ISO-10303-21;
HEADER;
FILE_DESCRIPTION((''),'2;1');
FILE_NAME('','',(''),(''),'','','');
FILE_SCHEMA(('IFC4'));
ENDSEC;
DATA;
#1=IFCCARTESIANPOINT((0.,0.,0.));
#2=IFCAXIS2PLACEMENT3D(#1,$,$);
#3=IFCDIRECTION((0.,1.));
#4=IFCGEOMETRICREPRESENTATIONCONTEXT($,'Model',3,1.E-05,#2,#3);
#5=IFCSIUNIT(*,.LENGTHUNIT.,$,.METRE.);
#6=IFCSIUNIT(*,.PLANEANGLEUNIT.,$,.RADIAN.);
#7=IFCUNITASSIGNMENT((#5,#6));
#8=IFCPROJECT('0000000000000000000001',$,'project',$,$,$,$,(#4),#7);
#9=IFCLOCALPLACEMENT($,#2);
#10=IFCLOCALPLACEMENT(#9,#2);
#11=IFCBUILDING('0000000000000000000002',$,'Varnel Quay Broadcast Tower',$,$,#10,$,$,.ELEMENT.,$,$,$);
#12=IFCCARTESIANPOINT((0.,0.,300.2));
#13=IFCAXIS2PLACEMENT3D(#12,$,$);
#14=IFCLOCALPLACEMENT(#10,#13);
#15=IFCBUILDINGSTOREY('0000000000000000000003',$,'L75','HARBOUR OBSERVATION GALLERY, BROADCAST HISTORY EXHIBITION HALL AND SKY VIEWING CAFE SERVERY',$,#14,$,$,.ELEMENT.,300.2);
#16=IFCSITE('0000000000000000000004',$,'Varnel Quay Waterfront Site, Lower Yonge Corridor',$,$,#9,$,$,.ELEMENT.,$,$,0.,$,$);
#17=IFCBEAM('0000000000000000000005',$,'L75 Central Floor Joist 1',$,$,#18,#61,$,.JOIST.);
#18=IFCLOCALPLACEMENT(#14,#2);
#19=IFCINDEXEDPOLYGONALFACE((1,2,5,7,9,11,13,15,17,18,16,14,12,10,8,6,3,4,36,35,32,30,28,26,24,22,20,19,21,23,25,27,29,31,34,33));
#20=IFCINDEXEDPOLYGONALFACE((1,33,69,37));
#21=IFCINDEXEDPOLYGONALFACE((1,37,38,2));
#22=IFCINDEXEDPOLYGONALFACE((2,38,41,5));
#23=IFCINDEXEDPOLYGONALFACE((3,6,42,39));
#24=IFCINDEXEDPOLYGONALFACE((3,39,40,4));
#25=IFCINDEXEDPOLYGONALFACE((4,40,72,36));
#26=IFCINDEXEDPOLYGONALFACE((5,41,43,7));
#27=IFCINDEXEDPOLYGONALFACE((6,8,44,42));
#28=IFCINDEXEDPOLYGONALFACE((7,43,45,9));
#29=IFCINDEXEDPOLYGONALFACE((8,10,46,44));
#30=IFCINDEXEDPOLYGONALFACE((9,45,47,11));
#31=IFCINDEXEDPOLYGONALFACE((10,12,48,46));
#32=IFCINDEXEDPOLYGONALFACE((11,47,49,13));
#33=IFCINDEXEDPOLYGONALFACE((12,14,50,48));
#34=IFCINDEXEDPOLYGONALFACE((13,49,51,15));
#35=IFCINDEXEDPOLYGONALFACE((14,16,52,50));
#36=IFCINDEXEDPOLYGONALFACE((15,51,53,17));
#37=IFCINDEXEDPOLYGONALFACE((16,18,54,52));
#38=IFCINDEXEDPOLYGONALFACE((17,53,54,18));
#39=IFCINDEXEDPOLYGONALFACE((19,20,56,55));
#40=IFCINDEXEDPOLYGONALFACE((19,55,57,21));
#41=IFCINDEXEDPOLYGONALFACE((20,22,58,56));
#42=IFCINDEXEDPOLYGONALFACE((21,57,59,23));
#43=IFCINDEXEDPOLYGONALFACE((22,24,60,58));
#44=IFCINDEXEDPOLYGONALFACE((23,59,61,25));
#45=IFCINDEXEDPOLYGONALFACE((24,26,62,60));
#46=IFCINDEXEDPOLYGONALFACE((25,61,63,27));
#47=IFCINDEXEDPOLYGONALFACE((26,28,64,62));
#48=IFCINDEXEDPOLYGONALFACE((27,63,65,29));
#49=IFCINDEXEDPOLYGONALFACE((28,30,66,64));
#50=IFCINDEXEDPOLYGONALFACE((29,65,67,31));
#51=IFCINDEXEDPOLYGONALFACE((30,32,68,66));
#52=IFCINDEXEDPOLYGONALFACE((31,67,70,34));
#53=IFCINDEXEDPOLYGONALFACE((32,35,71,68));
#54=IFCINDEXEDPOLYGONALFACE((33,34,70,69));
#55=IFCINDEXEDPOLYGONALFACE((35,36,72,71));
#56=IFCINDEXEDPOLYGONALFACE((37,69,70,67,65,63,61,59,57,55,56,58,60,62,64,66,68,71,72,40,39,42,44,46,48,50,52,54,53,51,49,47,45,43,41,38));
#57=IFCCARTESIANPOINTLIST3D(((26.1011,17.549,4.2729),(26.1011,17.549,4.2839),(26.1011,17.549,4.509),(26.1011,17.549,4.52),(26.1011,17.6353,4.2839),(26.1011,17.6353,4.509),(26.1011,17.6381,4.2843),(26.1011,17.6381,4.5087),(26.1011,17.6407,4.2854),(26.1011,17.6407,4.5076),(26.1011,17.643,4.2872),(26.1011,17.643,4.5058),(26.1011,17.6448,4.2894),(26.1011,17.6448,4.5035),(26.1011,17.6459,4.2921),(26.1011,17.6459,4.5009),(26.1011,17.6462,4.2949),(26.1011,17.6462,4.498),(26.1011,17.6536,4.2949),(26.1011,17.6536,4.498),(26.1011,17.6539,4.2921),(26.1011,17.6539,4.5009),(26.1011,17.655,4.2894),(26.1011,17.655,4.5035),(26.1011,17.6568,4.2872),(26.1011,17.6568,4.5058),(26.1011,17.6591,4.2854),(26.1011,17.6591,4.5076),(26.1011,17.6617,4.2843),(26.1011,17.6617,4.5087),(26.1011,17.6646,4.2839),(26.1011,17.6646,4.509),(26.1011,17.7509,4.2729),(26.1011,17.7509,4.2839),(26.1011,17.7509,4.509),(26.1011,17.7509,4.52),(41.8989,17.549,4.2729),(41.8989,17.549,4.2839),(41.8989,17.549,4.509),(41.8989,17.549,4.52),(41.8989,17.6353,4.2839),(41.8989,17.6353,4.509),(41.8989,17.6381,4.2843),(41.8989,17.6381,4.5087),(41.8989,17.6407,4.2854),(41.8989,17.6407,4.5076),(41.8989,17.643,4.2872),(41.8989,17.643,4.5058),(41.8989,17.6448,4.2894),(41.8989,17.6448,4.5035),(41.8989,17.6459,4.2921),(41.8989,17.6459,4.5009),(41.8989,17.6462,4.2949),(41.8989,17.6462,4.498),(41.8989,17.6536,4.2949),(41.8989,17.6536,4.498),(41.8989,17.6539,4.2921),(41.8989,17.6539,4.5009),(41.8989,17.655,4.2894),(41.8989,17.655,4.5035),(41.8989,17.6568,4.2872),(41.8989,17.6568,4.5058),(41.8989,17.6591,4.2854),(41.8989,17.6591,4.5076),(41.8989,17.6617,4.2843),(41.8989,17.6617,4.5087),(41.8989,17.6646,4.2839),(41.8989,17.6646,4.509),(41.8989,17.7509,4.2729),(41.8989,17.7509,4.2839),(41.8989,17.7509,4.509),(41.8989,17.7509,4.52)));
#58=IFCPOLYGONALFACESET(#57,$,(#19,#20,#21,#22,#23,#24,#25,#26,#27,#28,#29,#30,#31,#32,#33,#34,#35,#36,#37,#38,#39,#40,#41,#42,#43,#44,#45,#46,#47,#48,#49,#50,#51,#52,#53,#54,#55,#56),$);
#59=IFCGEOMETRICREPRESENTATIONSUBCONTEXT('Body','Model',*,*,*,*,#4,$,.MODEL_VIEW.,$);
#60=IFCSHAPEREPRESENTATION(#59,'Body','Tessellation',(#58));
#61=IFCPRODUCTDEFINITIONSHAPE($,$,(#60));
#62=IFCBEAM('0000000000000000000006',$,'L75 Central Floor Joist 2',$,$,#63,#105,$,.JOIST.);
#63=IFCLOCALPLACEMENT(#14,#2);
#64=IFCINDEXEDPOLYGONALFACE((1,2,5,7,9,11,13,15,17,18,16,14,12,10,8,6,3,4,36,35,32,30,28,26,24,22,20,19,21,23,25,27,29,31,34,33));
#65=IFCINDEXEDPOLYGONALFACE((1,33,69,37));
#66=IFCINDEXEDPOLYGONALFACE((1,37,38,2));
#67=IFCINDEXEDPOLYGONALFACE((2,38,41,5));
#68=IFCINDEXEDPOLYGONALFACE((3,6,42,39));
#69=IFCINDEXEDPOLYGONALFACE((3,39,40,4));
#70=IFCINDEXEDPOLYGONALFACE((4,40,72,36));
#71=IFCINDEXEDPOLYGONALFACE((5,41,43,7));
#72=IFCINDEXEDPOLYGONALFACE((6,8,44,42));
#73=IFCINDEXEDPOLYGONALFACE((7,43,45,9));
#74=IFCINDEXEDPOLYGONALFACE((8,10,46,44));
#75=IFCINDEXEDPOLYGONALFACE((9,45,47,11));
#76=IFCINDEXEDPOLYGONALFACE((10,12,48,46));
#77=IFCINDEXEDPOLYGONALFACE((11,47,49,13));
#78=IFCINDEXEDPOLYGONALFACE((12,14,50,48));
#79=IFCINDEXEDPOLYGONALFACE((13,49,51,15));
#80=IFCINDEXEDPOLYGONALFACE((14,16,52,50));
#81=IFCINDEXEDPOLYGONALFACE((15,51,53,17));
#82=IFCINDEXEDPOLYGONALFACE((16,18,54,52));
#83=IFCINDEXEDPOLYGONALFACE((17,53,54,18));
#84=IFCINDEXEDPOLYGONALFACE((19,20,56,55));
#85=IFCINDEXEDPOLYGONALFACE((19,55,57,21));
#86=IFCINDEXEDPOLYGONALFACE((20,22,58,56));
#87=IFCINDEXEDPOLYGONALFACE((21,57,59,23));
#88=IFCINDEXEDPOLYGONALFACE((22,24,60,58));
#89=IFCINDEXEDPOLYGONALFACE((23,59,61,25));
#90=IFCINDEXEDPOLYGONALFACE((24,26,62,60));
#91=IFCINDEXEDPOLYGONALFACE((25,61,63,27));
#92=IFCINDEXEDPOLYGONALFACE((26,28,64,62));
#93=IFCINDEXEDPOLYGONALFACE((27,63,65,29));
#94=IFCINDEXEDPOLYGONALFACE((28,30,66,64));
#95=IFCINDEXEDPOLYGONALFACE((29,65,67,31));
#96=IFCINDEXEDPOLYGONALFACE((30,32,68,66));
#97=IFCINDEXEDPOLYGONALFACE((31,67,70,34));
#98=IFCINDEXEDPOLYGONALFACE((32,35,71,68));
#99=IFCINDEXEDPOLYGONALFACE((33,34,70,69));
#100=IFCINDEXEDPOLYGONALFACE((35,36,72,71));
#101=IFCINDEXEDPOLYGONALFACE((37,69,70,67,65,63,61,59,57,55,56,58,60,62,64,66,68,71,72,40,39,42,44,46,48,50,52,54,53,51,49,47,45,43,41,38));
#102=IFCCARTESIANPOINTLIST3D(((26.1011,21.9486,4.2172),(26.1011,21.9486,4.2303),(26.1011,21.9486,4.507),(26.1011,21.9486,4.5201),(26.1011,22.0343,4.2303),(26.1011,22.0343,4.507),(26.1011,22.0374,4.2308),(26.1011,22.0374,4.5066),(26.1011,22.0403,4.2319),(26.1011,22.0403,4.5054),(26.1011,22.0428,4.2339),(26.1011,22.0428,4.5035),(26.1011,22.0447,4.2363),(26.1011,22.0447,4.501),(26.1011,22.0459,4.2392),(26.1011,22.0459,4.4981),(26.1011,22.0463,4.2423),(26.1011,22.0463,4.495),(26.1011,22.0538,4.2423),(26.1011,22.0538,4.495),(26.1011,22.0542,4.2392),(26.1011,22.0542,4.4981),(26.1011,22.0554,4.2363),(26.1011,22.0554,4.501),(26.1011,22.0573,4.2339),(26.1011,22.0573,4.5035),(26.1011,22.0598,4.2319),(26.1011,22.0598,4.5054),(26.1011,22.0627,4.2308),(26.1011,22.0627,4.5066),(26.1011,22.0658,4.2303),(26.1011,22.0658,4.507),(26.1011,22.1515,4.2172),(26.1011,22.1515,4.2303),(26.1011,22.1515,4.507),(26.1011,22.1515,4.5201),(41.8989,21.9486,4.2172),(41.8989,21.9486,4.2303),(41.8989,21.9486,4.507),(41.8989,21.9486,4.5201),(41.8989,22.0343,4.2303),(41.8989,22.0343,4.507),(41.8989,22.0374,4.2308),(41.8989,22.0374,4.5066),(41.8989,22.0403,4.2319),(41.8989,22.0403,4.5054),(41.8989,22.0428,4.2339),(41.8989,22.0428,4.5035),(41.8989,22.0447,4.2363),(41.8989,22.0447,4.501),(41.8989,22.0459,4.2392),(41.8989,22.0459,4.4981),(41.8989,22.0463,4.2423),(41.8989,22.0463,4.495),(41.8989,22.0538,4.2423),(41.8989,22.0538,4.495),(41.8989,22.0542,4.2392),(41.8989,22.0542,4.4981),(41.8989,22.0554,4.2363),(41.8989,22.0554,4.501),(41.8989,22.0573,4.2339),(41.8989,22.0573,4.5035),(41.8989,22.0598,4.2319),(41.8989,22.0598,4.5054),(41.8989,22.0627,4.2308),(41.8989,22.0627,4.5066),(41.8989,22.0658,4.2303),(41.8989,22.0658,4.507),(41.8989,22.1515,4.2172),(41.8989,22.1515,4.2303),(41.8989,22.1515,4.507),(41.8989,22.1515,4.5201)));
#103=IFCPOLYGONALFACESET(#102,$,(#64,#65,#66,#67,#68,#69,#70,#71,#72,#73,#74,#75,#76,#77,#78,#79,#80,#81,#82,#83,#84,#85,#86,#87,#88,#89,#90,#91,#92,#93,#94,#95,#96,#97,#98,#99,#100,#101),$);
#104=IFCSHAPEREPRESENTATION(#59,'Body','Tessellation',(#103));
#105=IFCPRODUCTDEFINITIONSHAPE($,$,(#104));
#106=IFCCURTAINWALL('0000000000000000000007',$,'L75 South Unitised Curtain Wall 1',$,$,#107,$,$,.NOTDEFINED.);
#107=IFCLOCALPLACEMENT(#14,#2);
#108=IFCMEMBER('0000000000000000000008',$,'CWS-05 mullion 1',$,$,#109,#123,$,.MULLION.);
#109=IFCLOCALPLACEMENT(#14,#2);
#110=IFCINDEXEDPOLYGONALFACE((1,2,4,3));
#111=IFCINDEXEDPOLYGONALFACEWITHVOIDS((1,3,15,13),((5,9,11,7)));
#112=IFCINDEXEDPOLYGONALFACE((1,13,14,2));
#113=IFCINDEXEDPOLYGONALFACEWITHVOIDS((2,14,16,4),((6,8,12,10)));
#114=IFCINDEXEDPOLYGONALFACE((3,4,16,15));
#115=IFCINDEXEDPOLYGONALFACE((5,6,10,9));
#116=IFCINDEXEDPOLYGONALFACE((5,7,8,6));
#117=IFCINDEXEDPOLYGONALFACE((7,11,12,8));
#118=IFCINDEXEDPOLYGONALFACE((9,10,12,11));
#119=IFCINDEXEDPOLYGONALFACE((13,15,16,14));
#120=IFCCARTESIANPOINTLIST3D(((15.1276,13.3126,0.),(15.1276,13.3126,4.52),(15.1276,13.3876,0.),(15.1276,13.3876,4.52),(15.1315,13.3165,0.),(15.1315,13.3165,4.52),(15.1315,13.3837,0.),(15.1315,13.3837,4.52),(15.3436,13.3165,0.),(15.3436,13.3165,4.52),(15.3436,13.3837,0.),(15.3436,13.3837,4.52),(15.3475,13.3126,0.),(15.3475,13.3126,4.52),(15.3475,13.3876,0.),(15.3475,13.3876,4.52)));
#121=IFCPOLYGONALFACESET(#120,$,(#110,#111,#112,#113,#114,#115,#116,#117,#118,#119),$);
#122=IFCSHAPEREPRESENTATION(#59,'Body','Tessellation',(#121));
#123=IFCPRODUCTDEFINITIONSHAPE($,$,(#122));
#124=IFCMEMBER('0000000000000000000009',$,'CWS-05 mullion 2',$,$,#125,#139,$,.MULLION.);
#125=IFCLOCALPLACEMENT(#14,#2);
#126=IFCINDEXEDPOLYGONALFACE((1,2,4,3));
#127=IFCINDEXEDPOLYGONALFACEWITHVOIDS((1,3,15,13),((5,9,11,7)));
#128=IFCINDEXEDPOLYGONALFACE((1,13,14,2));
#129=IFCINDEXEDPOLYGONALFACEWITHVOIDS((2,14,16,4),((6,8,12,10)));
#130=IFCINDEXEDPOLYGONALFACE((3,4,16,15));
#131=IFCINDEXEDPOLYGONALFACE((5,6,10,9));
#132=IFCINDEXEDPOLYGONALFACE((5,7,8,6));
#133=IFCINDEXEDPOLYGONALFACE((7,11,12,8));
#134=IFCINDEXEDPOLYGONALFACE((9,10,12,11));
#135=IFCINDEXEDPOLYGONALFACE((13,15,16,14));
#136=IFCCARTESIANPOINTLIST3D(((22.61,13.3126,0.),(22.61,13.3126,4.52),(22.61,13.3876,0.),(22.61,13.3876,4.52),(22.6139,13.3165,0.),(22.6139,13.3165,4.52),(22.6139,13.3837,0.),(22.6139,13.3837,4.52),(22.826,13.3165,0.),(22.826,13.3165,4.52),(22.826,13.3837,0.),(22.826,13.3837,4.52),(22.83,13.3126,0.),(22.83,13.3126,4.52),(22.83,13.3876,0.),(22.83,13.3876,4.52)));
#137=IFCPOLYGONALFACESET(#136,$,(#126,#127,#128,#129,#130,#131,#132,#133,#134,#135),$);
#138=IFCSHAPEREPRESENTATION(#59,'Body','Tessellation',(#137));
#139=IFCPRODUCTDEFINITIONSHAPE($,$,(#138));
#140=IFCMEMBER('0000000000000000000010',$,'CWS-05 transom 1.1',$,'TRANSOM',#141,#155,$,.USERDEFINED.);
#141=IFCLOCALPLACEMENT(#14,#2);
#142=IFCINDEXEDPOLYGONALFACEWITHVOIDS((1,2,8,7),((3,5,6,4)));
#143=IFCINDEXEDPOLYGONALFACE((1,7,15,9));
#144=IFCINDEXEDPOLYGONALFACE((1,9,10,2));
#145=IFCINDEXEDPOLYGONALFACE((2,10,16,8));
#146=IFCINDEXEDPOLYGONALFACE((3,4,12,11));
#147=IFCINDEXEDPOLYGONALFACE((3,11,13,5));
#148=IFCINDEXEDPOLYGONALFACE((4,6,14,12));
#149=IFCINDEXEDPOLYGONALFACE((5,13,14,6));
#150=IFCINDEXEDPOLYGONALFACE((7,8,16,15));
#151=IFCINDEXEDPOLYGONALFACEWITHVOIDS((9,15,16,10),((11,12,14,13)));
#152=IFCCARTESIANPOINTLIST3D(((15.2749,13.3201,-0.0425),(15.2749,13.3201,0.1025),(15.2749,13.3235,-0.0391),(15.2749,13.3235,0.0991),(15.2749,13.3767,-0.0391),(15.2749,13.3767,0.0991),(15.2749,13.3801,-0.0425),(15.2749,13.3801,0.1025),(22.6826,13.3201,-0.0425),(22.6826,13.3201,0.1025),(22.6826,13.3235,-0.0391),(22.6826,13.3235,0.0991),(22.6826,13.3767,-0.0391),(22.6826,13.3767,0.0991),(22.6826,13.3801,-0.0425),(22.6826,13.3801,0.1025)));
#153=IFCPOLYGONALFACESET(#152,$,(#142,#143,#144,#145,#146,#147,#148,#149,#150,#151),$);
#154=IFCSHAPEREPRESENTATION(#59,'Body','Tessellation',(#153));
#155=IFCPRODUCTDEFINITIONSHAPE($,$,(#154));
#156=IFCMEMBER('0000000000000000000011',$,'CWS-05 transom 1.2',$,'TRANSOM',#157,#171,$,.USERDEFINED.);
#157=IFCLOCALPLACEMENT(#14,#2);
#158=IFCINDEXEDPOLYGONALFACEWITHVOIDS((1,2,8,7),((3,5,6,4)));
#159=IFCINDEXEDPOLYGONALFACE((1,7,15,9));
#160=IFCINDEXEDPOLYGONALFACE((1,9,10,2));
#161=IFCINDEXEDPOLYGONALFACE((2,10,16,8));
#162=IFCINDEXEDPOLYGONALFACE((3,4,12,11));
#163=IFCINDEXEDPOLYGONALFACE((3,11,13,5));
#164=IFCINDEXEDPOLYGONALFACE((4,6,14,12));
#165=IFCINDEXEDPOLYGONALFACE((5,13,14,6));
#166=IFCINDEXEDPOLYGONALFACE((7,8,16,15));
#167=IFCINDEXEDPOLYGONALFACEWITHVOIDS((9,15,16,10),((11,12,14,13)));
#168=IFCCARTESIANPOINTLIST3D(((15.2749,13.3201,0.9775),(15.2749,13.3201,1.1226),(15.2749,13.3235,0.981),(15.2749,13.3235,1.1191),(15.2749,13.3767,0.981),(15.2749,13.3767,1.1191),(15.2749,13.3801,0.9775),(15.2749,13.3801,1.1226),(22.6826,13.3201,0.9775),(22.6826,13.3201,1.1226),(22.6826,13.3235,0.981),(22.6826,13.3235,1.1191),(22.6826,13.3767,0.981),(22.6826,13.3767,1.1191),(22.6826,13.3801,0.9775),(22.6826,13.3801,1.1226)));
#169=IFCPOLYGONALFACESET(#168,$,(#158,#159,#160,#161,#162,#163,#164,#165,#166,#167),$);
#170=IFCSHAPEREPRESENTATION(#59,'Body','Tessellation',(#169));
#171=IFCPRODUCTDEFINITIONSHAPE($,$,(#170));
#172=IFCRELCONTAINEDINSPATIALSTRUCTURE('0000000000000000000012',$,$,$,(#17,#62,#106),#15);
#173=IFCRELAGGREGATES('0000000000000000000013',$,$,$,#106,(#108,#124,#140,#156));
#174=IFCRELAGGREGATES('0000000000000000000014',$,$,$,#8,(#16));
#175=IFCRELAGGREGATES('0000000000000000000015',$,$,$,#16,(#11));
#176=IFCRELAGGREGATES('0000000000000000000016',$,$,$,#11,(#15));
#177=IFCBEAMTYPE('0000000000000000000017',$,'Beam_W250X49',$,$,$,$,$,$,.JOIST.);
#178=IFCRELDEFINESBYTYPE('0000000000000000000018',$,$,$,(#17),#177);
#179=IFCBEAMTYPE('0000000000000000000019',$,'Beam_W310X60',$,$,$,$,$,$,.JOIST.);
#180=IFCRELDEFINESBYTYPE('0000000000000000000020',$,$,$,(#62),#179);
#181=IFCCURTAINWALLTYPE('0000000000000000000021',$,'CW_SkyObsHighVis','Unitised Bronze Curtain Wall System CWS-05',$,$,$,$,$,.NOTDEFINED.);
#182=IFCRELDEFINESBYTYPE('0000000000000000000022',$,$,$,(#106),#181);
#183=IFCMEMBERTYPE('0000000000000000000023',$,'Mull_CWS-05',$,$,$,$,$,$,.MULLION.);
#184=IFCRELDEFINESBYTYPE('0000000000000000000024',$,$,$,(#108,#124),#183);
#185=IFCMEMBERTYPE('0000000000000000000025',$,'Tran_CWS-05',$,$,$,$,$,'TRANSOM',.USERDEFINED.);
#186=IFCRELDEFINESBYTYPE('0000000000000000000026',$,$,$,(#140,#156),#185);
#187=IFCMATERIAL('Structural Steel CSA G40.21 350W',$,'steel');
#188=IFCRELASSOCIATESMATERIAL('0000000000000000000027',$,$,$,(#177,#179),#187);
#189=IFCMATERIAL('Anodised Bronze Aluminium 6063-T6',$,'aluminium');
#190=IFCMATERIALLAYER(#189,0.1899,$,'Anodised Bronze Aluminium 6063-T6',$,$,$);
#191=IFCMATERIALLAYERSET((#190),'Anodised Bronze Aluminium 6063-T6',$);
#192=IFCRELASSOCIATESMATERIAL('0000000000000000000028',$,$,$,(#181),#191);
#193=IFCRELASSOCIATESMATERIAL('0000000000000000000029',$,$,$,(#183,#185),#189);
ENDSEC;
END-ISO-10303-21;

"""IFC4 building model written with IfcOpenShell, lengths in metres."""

from ifc_helpers import new_model, si_unit, direction, frame, origin, origin_2d, place, context, subcontext, project, spatial, hollow_rectangle, i_section, extrude, source, transform, mapped, material, layer, layer_set, material_profile, profile_set, type_object, type_shapes, element, aggregate, save


model = new_model("IFC4")

# Units and contexts
model_context = context("Model", 3, precision=1e-05, world=origin(), true_north=direction((0.0, 1.0)))
body_context = subcontext(model_context, "Body", "Model", "MODEL_VIEW")
ifc_project = project(units=[si_unit("LENGTHUNIT", "METRE"), si_unit("PLANEANGLEUNIT", "RADIAN")], contexts=[model_context])

# Site, building, storey
site_placement = place(None, origin())
site = spatial("IfcSite", under=ifc_project, at=site_placement, Name="Varnel Quay Waterfront Site, Lower Yonge Corridor", CompositionType="ELEMENT", RefElevation=0.0)
building_placement = place(site_placement, origin())
building = spatial("IfcBuilding", under=site, at=building_placement, Name="Varnel Quay Broadcast Tower", CompositionType="ELEMENT")
storey_placement = place(building_placement, frame((0.0, 0.0, 300.2)))
storey = spatial("IfcBuildingStorey", under=building, at=storey_placement, Name="L75", Description="HARBOUR OBSERVATION GALLERY, BROADCAST HISTORY EXHIBITION HALL AND SKY VIEWING CAFE SERVERY", CompositionType="ELEMENT", Elevation=300.2)

# Shared definitions
ifc_material_1 = material(Name="Structural Steel CSA G40.21 350W", Category="steel")

# Beams
ifc_material_profile_1 = material_profile(ifc_material_1, i_section(OverallWidth=0.2019, OverallDepth=0.2471, WebThickness=0.0073, FlangeThickness=0.011, FilletRadius=0.011, at=origin_2d()), Name="W250X49")
ifc_profile_set_1 = profile_set([ifc_material_profile_1], Name="Structural Steel CSA G40.21 350W")
beam_type_1 = type_object("IfcBeamType", Name="Beam_W250X49", PredefinedType="JOIST", material=ifc_profile_set_1)
shared_shape_1 = source(origin(), body_context, "Body", "SweptSolid", [
    extrude(i_section(OverallWidth=0.2019, OverallDepth=0.2471, WebThickness=0.0073, FlangeThickness=0.011, FilletRadius=0.011, at=origin_2d()), origin(), (0.0, 0.0, 1.0), 15.7979),
])
type_shapes(beam_type_1, [shared_shape_1])
beam_1_placement = place(storey_placement, frame((26.1011, 17.6499, 4.3965), z_axis=(1.0, 0.0, 0.0), x_axis=(0.0, 1.0, 0.0)))
element("IfcBeam", 1, at=beam_1_placement, inside=storey, type_object=beam_type_1, Name="L75 Central Floor Joist 1", PredefinedType="JOIST", context=body_context, shape_type="MappedRepresentation", body=[
    mapped(shared_shape_1, transform((0.0, 0.0, 0.0), x_axis=(1.0, 0.0, 0.0), y_axis=(0.0, 1.0, 0.0), z_axis=(0.0, 0.0, 1.0), scale=1.0)),
])
ifc_material_profile_2 = material_profile(ifc_material_1, i_section(OverallWidth=0.2029, OverallDepth=0.303, WebThickness=0.0076, FlangeThickness=0.0132, FilletRadius=0.012, at=origin_2d()), Name="W310X60")
ifc_profile_set_2 = profile_set([ifc_material_profile_2], Name="Structural Steel CSA G40.21 350W")
beam_type_2 = type_object("IfcBeamType", Name="Beam_W310X60", PredefinedType="JOIST", material=ifc_profile_set_2)
shared_shape_2 = source(origin(), body_context, "Body", "SweptSolid", [
    extrude(i_section(OverallWidth=0.2029, OverallDepth=0.303, WebThickness=0.0076, FlangeThickness=0.0132, FilletRadius=0.012, at=origin_2d()), origin(), (0.0, 0.0, 1.0), 15.7979),
])
type_shapes(beam_type_2, [shared_shape_2])
beam_2_placement = place(storey_placement, frame((26.1011, 22.05, 4.3687), z_axis=(1.0, 0.0, 0.0), x_axis=(0.0, 1.0, 0.0)))
element("IfcBeam", 2, at=beam_2_placement, inside=storey, type_object=beam_type_2, Name="L75 Central Floor Joist 2", PredefinedType="JOIST", context=body_context, shape_type="MappedRepresentation", body=[
    mapped(shared_shape_2, transform((0.0, 0.0, 0.0), x_axis=(1.0, 0.0, 0.0), y_axis=(0.0, 1.0, 0.0), z_axis=(0.0, 0.0, 1.0), scale=1.0)),
])

# Curtain wall, members
ifc_material_2 = material(Name="Anodised Bronze Aluminium 6063-T6", Category="aluminium")
ifc_layer_1 = layer(ifc_material_2, 0.1899, Name="Anodised Bronze Aluminium 6063-T6")
ifc_layer_set_1 = layer_set([ifc_layer_1], Name="Anodised Bronze Aluminium 6063-T6")
curtain_wall_type_1 = type_object("IfcCurtainWallType", Name="CW_SkyObsHighVis", Description="Unitised Bronze Curtain Wall System CWS-05", PredefinedType="NOTDEFINED", material=ifc_layer_set_1)
curtain_wall_1_placement = place(storey_placement, origin())
curtain_wall_1 = element("IfcCurtainWall", 3, at=curtain_wall_1_placement, inside=storey, type_object=curtain_wall_type_1, Name="L75 South Unitised Curtain Wall 1", PredefinedType="NOTDEFINED")
ifc_material_profile_3 = material_profile(ifc_material_2, hollow_rectangle(XDim=0.075, YDim=0.22, WallThickness=0.0039, at=origin_2d()), Name="ALU75X220X4")
ifc_profile_set_3 = profile_set([ifc_material_profile_3], Name="Anodised Bronze Aluminium 6063-T6")
member_type_1 = type_object("IfcMemberType", Name="Mull_CWS-05", PredefinedType="MULLION", material=ifc_profile_set_3)
shared_shape_3 = source(origin(), body_context, "Body", "SweptSolid", [
    extrude(hollow_rectangle(XDim=0.075, YDim=0.22, WallThickness=0.0039, at=origin_2d()), origin(), (0.0, 0.0, 1.0), 4.52),
])
type_shapes(member_type_1, [shared_shape_3])
member_1_placement = place(storey_placement, frame((15.2375, 13.3501, 0.0), z_axis=(0.0, 0.0, 1.0), x_axis=(0.0, 1.0, 0.0)))
member_1 = element("IfcMember", 4, at=member_1_placement, type_object=member_type_1, Name="CWS-05 mullion 1", PredefinedType="MULLION", context=body_context, shape_type="MappedRepresentation", body=[
    mapped(shared_shape_3, transform((0.0, 0.0, 0.0), x_axis=(1.0, 0.0, 0.0), y_axis=(0.0, 1.0, 0.0), z_axis=(0.0, 0.0, 1.0), scale=1.0)),
])
member_2_placement = place(storey_placement, frame((22.72, 13.3501, 0.0), z_axis=(0.0, 0.0, 1.0), x_axis=(0.0, 1.0, 0.0)))
member_2 = element("IfcMember", 5, at=member_2_placement, type_object=member_type_1, Name="CWS-05 mullion 2", PredefinedType="MULLION", context=body_context, shape_type="MappedRepresentation", body=[
    mapped(shared_shape_3, transform((0.0, 0.0, 0.0), x_axis=(1.0, 0.0, 0.0), y_axis=(0.0, 1.0, 0.0), z_axis=(0.0, 0.0, 1.0), scale=1.0)),
])
ifc_material_profile_4 = material_profile(ifc_material_2, hollow_rectangle(XDim=0.0601, YDim=0.145, WallThickness=0.0034, at=origin_2d()), Name="ALU60X145X3.5")
ifc_profile_set_4 = profile_set([ifc_material_profile_4], Name="Anodised Bronze Aluminium 6063-T6")
member_type_2 = type_object("IfcMemberType", Name="Tran_CWS-05", ElementType="TRANSOM", PredefinedType="USERDEFINED", material=ifc_profile_set_4)
shared_shape_4 = source(origin(), body_context, "Body", "SweptSolid", [
    extrude(hollow_rectangle(XDim=0.0601, YDim=0.145, WallThickness=0.0034, at=origin_2d()), origin(), (0.0, 0.0, 1.0), 7.4077),
])
member_3_placement = place(storey_placement, frame((15.2749, 13.3501, 0.03), z_axis=(1.0, 0.0, 0.0), x_axis=(0.0, 1.0, 0.0)))
member_3 = element("IfcMember", 6, at=member_3_placement, type_object=member_type_2, Name="CWS-05 transom 1.1", ObjectType="TRANSOM", PredefinedType="USERDEFINED", context=body_context, shape_type="MappedRepresentation", body=[
    mapped(shared_shape_4, transform((0.0, 0.0, 0.0), x_axis=(1.0, 0.0, 0.0), y_axis=(0.0, 1.0, 0.0), z_axis=(0.0, 0.0, 1.0), scale=1.0)),
])
member_4_placement = place(storey_placement, frame((15.2749, 13.3501, 1.05), z_axis=(1.0, 0.0, 0.0), x_axis=(0.0, 1.0, 0.0)))
member_4 = element("IfcMember", 7, at=member_4_placement, type_object=member_type_2, Name="CWS-05 transom 1.2", ObjectType="TRANSOM", PredefinedType="USERDEFINED", context=body_context, shape_type="MappedRepresentation", body=[
    mapped(shared_shape_4, transform((0.0, 0.0, 0.0), x_axis=(1.0, 0.0, 0.0), y_axis=(0.0, 1.0, 0.0), z_axis=(0.0, 0.0, 1.0), scale=1.0)),
])

aggregate(curtain_wall_1, [member_1, member_2, member_3, member_4])

save(model, "model.ifc")
